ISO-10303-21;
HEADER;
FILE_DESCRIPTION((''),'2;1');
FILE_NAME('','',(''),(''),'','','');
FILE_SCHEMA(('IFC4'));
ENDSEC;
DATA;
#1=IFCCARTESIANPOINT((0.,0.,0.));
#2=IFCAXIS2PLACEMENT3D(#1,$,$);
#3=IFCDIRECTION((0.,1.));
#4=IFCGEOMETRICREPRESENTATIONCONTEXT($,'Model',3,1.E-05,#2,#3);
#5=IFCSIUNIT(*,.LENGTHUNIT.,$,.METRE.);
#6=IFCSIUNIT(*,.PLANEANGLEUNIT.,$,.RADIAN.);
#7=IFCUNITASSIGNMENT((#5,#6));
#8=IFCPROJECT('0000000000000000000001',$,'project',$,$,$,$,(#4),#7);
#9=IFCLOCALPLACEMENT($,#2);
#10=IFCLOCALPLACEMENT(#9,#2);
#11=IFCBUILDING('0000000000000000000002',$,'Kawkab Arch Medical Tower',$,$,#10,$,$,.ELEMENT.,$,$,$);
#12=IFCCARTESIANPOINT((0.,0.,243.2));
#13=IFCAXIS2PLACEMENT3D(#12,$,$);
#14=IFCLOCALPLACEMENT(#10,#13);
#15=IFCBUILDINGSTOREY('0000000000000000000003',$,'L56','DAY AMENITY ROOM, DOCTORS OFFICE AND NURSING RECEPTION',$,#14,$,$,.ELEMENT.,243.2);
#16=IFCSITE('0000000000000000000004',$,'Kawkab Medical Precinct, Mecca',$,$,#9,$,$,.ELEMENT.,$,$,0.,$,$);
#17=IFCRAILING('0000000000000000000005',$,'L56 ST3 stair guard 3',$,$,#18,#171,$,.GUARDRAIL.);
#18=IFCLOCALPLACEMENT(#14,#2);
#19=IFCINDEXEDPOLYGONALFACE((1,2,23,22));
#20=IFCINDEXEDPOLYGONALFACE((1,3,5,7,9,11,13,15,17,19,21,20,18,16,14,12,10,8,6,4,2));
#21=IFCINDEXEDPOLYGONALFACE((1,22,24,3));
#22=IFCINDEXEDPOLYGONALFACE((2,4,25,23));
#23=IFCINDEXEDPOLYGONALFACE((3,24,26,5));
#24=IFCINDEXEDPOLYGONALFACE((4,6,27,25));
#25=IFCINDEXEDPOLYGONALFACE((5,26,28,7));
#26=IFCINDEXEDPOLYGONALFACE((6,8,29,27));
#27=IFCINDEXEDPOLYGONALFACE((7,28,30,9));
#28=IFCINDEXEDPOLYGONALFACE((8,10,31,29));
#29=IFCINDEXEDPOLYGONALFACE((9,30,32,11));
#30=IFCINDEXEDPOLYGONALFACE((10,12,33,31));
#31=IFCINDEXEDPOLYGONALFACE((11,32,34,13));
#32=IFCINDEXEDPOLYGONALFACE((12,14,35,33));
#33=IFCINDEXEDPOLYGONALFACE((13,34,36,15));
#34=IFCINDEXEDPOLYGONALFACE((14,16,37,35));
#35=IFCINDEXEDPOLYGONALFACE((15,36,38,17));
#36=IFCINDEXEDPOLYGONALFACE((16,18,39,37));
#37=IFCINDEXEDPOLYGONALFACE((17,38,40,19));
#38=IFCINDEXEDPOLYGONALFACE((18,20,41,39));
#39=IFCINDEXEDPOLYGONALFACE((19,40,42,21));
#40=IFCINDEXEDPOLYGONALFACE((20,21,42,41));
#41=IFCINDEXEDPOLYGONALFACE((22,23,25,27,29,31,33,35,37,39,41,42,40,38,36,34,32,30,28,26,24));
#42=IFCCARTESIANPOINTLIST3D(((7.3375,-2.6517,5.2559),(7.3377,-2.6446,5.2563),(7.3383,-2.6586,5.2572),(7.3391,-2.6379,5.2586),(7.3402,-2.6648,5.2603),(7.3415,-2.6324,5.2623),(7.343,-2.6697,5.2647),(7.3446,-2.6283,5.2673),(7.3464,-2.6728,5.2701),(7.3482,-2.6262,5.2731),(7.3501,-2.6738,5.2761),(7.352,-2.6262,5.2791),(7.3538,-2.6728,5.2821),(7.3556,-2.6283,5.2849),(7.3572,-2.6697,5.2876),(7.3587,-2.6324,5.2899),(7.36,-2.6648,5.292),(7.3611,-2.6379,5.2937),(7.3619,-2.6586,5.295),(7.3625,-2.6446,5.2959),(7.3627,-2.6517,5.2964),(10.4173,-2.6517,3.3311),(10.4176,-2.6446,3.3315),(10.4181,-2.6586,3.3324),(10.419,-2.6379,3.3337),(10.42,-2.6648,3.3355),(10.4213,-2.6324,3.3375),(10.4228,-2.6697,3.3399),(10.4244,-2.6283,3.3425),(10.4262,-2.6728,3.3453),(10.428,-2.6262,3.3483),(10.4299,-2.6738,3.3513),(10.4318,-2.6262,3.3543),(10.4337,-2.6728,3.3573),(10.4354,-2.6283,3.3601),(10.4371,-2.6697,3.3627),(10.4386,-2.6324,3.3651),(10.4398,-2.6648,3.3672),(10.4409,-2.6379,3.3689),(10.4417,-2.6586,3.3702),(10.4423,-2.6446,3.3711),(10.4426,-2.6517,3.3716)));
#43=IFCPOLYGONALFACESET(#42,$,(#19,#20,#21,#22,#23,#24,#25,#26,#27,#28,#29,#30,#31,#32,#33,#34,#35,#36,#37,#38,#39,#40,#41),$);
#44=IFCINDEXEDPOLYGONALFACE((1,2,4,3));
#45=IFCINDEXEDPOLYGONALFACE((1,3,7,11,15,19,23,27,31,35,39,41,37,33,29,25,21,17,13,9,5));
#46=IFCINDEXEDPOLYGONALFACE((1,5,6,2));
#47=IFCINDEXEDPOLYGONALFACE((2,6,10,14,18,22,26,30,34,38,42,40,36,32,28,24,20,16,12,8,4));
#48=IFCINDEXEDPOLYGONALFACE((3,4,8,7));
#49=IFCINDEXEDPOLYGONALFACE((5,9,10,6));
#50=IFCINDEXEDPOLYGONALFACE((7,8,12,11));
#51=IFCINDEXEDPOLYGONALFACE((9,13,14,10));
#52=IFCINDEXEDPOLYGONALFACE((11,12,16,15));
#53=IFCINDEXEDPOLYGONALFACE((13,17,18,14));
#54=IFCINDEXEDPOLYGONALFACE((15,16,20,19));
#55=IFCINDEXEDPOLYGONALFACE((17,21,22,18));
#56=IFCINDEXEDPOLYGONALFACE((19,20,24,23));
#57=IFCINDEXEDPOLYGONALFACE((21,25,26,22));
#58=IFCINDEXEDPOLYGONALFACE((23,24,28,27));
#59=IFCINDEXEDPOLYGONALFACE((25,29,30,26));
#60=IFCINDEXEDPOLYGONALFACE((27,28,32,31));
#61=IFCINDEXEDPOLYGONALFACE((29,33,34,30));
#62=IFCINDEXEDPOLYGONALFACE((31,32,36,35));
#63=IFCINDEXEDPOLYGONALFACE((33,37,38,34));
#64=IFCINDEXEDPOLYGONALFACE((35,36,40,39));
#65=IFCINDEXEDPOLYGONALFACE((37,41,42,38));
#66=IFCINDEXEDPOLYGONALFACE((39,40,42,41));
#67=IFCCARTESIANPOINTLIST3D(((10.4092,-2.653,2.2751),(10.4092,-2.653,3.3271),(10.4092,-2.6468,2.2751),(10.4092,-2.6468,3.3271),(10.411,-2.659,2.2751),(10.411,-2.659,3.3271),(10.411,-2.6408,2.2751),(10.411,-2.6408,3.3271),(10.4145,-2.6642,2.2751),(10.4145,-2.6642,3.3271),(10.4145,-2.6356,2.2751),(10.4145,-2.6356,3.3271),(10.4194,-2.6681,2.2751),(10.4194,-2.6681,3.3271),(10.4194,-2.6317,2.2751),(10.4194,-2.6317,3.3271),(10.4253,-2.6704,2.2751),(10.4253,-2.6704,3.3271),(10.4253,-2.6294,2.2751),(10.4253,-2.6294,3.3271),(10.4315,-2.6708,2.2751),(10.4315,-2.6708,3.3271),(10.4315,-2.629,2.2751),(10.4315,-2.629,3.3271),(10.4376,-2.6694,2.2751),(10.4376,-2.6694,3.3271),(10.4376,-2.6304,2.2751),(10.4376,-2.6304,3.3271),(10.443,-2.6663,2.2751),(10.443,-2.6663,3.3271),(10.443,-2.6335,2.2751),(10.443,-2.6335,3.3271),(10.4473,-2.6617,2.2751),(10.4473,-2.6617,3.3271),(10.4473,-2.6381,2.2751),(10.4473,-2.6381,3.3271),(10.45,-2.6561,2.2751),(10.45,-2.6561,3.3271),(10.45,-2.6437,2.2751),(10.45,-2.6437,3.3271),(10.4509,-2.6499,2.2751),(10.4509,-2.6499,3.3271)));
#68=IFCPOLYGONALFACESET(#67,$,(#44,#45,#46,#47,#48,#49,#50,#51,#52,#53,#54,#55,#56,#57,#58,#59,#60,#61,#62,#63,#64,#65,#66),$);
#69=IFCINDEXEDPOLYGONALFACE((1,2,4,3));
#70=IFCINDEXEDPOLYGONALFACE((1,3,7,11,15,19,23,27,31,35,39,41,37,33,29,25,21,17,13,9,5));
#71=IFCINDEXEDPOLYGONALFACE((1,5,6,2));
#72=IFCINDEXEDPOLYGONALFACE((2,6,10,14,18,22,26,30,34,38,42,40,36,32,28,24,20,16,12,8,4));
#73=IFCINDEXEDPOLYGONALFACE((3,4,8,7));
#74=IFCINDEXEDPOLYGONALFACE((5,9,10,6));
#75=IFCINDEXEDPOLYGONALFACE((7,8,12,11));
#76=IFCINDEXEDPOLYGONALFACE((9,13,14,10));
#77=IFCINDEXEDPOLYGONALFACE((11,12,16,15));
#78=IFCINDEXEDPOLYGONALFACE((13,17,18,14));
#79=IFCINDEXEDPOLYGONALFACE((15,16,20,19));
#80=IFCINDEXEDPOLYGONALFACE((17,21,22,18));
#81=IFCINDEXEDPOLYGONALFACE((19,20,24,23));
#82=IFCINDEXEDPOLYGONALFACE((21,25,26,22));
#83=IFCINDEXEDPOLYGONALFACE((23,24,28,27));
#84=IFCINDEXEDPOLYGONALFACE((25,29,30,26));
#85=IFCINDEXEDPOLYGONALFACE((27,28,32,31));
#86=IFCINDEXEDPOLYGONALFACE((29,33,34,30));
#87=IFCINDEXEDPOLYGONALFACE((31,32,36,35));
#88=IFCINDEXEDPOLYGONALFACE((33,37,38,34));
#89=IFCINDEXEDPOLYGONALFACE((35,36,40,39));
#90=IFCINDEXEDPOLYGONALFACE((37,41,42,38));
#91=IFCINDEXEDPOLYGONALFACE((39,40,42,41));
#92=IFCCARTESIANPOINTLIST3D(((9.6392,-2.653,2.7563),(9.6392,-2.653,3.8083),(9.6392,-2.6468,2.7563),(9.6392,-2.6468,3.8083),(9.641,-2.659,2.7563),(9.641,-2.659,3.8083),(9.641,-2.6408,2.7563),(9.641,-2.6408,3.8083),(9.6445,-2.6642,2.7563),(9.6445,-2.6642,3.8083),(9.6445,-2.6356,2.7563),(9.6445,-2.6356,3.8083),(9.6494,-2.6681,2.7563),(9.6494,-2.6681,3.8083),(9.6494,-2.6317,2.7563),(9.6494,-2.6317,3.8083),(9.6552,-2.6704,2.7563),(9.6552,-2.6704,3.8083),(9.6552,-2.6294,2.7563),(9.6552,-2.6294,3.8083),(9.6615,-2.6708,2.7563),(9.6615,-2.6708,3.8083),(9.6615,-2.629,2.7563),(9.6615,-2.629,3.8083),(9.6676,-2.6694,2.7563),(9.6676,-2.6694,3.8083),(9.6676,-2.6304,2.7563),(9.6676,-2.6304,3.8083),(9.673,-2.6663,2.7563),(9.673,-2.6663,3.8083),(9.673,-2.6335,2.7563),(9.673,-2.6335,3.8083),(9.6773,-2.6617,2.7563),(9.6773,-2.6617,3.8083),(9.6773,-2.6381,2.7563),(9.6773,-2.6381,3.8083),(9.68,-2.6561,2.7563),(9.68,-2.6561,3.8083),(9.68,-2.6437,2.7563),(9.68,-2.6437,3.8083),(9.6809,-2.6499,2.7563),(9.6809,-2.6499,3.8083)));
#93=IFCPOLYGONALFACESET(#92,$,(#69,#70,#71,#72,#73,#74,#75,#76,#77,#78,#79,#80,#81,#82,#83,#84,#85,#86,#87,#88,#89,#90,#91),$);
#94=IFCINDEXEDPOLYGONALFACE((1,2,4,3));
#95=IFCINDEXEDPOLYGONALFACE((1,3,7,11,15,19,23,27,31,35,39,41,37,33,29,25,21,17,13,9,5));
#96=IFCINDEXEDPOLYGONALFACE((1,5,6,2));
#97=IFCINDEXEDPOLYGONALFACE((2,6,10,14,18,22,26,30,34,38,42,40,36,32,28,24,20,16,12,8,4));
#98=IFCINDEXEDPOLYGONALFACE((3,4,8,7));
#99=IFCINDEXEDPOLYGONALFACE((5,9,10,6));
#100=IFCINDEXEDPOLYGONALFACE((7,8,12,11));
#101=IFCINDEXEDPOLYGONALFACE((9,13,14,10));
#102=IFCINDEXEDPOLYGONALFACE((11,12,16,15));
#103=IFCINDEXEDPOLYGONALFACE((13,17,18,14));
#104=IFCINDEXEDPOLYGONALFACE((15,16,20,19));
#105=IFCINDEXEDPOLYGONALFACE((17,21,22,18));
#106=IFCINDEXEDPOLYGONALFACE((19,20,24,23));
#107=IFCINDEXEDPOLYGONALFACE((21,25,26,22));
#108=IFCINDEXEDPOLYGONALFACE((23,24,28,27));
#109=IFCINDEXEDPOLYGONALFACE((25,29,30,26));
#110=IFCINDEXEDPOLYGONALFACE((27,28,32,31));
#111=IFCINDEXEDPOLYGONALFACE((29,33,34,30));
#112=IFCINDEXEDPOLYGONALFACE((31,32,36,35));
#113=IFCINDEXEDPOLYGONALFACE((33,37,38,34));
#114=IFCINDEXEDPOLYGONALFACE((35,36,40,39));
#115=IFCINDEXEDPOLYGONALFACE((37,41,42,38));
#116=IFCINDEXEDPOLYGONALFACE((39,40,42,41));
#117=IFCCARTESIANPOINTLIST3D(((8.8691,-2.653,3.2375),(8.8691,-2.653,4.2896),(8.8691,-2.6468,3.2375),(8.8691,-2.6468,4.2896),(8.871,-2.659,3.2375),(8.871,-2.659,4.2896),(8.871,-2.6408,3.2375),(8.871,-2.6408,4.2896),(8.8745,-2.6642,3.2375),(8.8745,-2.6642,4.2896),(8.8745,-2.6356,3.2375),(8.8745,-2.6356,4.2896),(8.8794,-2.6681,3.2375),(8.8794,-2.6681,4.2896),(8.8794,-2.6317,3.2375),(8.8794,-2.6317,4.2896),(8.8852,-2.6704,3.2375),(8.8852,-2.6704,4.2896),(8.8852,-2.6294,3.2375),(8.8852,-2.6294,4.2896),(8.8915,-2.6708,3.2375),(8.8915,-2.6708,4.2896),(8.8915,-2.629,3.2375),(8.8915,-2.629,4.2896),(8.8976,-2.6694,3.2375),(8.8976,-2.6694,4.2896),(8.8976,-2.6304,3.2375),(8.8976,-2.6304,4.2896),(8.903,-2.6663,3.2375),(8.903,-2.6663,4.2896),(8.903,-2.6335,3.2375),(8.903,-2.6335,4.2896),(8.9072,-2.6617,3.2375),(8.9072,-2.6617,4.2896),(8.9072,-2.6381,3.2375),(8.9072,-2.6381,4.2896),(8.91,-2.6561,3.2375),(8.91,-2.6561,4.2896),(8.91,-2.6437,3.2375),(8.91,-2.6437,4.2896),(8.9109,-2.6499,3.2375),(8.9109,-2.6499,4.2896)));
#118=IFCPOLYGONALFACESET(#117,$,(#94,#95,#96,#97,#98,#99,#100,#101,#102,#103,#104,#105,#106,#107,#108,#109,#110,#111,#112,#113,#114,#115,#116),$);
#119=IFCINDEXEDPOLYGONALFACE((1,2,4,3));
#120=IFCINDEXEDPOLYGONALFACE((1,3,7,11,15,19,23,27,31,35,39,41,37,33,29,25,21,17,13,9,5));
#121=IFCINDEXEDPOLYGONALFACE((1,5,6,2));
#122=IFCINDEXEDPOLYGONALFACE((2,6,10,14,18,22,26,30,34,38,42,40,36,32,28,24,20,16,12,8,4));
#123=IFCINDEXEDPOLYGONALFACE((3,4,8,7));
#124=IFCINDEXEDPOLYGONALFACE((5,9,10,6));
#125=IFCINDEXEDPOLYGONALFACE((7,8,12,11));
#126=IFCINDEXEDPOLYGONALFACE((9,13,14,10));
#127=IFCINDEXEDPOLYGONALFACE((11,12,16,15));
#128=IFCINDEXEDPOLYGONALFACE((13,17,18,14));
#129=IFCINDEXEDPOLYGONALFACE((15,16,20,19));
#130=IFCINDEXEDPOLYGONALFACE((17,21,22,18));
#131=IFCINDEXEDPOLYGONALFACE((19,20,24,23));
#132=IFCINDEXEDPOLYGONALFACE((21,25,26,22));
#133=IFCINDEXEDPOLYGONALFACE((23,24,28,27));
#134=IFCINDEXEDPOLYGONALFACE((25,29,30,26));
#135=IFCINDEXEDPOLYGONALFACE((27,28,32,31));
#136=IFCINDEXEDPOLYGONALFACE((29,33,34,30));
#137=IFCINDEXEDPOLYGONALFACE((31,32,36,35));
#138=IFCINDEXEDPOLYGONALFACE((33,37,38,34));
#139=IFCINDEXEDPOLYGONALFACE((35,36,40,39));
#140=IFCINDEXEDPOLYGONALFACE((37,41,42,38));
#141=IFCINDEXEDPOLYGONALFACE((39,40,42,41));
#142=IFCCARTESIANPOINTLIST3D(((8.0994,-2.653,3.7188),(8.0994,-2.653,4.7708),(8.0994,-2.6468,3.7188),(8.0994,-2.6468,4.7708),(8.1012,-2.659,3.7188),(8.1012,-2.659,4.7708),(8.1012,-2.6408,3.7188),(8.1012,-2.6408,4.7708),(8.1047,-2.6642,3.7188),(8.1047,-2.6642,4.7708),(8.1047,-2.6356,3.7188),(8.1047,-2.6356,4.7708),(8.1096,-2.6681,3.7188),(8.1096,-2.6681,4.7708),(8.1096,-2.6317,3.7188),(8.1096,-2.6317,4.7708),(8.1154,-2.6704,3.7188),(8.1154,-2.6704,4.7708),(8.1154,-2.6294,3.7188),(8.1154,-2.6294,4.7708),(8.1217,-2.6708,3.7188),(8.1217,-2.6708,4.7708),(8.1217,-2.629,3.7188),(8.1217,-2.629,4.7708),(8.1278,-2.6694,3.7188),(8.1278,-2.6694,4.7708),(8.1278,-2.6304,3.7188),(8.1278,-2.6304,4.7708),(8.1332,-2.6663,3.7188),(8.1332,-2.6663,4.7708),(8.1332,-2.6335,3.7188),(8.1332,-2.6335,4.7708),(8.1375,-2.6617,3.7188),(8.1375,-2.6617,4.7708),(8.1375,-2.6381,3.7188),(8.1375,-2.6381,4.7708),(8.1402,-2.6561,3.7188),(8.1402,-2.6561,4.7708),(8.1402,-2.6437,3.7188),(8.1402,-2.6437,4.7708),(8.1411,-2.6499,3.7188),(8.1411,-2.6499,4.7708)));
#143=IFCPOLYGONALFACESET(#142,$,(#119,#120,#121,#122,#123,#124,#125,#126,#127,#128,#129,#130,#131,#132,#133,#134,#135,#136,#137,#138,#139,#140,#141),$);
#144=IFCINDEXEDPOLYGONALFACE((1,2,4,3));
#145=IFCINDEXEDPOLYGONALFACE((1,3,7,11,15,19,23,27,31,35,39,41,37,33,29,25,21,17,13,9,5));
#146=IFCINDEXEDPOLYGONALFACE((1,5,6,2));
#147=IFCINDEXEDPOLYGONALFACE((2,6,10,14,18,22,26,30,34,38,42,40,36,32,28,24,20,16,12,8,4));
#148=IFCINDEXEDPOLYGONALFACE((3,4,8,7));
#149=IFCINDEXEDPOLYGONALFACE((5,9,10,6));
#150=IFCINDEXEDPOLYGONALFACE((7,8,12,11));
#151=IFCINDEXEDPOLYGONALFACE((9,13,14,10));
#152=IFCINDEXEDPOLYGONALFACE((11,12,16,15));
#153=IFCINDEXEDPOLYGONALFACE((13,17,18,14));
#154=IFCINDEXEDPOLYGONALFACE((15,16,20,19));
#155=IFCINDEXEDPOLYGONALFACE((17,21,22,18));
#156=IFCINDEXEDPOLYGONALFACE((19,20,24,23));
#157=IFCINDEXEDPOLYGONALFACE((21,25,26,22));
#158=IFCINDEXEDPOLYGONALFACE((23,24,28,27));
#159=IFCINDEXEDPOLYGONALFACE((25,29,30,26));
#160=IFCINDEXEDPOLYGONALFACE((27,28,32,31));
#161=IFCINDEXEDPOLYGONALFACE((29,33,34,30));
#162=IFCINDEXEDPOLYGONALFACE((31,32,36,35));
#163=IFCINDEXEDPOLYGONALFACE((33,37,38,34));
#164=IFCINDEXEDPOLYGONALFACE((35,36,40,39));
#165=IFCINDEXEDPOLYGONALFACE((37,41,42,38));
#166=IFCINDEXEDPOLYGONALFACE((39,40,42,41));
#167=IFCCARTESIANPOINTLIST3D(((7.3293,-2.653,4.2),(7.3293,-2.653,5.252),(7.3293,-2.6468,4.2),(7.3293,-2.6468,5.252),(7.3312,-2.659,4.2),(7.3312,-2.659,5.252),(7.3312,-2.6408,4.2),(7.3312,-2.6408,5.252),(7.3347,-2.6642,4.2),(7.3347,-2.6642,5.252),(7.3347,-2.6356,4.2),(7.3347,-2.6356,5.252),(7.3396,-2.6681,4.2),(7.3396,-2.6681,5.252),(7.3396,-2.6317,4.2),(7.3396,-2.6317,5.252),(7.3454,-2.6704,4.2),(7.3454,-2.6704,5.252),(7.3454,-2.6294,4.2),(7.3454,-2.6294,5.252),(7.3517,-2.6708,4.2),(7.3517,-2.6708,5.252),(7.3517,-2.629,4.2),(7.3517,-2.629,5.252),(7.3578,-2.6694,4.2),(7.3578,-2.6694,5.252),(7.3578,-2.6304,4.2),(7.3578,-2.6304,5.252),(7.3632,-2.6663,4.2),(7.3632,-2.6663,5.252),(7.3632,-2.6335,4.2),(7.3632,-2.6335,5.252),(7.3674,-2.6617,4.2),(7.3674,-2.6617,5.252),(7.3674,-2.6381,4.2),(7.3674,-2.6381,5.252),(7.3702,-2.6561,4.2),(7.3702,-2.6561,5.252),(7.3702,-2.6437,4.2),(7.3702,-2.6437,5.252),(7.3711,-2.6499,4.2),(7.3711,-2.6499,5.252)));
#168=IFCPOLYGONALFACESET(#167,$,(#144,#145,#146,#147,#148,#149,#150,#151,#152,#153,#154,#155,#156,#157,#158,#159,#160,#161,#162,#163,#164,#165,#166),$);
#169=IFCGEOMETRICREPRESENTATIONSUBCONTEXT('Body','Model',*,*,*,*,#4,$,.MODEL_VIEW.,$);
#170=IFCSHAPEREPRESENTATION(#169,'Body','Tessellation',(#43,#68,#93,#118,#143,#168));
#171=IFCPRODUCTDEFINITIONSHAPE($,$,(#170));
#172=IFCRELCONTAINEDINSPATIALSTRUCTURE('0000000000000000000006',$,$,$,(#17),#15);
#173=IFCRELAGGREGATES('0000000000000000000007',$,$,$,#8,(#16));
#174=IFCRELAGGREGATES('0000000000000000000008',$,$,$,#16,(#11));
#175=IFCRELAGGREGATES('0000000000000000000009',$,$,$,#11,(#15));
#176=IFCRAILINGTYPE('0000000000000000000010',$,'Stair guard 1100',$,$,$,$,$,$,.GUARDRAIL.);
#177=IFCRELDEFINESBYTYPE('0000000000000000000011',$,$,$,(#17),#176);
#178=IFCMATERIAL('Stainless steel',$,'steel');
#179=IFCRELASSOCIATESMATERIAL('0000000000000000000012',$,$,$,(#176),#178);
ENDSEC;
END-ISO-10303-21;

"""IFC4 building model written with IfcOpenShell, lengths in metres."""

from ifc_helpers import new_model, si_unit, direction, frame, origin, origin_2d, place, context, subcontext, project, spatial, circle, extrude, material, type_object, element, save


model = new_model("IFC4")

# Units and contexts
model_context = context("Model", 3, precision=1e-05, world=origin(), true_north=direction((0.0, 1.0)))
body_context = subcontext(model_context, "Body", "Model", "MODEL_VIEW")
ifc_project = project(units=[si_unit("LENGTHUNIT", "METRE"), si_unit("PLANEANGLEUNIT", "RADIAN")], contexts=[model_context])

# Site, building, storey
site_placement = place(None, origin())
site = spatial("IfcSite", under=ifc_project, at=site_placement, Name="Kawkab Medical Precinct, Mecca", CompositionType="ELEMENT", RefElevation=0.0)
building_placement = place(site_placement, origin())
building = spatial("IfcBuilding", under=site, at=building_placement, Name="Kawkab Arch Medical Tower", CompositionType="ELEMENT")
storey_placement = place(building_placement, frame((0.0, 0.0, 243.2)))
storey = spatial("IfcBuildingStorey", under=building, at=storey_placement, Name="L56", Description="DAY AMENITY ROOM, DOCTORS OFFICE AND NURSING RECEPTION", CompositionType="ELEMENT", Elevation=243.2)

# Railing
ifc_material_1 = material(Name="Stainless steel", Category="steel")
railing_type_1 = type_object("IfcRailingType", Name="Stair guard 1100", PredefinedType="GUARDRAIL", material=ifc_material_1)
railing_1_placement = place(storey_placement, frame((10.4299, -2.6499, 2.2751)))
element("IfcRailing", 1, at=railing_1_placement, inside=storey, type_object=railing_type_1, Name="L56 ST3 stair guard 3", PredefinedType="GUARDRAIL", context=body_context, shape_type="SweptSolid", body=[
    extrude(circle(Radius=0.0239, at=origin_2d()), frame((0.0, 0.0, 1.0762), z_axis=(-0.84801, 0.0, 0.529981), x_axis=(0.0, -1.0, 0.0)), (0.0, 0.0, 1.0), 3.6318),
    extrude(circle(Radius=0.021, at=origin_2d()), origin(), (0.0, 0.0, 1.0), 1.052),
    extrude(circle(Radius=0.021, at=origin_2d()), frame((-0.77, 0.0, 0.4812)), (0.0, 0.0, 1.0), 1.052),
    extrude(circle(Radius=0.021, at=origin_2d()), frame((-1.54, 0.0, 0.9624)), (0.0, 0.0, 1.0), 1.052),
    extrude(circle(Radius=0.021, at=origin_2d()), frame((-2.3098, 0.0, 1.4436)), (0.0, 0.0, 1.0), 1.052),
    extrude(circle(Radius=0.021, at=origin_2d()), frame((-3.0798, 0.0, 1.9248)), (0.0, 0.0, 1.0), 1.052),
])

save(model, "model.ifc")
